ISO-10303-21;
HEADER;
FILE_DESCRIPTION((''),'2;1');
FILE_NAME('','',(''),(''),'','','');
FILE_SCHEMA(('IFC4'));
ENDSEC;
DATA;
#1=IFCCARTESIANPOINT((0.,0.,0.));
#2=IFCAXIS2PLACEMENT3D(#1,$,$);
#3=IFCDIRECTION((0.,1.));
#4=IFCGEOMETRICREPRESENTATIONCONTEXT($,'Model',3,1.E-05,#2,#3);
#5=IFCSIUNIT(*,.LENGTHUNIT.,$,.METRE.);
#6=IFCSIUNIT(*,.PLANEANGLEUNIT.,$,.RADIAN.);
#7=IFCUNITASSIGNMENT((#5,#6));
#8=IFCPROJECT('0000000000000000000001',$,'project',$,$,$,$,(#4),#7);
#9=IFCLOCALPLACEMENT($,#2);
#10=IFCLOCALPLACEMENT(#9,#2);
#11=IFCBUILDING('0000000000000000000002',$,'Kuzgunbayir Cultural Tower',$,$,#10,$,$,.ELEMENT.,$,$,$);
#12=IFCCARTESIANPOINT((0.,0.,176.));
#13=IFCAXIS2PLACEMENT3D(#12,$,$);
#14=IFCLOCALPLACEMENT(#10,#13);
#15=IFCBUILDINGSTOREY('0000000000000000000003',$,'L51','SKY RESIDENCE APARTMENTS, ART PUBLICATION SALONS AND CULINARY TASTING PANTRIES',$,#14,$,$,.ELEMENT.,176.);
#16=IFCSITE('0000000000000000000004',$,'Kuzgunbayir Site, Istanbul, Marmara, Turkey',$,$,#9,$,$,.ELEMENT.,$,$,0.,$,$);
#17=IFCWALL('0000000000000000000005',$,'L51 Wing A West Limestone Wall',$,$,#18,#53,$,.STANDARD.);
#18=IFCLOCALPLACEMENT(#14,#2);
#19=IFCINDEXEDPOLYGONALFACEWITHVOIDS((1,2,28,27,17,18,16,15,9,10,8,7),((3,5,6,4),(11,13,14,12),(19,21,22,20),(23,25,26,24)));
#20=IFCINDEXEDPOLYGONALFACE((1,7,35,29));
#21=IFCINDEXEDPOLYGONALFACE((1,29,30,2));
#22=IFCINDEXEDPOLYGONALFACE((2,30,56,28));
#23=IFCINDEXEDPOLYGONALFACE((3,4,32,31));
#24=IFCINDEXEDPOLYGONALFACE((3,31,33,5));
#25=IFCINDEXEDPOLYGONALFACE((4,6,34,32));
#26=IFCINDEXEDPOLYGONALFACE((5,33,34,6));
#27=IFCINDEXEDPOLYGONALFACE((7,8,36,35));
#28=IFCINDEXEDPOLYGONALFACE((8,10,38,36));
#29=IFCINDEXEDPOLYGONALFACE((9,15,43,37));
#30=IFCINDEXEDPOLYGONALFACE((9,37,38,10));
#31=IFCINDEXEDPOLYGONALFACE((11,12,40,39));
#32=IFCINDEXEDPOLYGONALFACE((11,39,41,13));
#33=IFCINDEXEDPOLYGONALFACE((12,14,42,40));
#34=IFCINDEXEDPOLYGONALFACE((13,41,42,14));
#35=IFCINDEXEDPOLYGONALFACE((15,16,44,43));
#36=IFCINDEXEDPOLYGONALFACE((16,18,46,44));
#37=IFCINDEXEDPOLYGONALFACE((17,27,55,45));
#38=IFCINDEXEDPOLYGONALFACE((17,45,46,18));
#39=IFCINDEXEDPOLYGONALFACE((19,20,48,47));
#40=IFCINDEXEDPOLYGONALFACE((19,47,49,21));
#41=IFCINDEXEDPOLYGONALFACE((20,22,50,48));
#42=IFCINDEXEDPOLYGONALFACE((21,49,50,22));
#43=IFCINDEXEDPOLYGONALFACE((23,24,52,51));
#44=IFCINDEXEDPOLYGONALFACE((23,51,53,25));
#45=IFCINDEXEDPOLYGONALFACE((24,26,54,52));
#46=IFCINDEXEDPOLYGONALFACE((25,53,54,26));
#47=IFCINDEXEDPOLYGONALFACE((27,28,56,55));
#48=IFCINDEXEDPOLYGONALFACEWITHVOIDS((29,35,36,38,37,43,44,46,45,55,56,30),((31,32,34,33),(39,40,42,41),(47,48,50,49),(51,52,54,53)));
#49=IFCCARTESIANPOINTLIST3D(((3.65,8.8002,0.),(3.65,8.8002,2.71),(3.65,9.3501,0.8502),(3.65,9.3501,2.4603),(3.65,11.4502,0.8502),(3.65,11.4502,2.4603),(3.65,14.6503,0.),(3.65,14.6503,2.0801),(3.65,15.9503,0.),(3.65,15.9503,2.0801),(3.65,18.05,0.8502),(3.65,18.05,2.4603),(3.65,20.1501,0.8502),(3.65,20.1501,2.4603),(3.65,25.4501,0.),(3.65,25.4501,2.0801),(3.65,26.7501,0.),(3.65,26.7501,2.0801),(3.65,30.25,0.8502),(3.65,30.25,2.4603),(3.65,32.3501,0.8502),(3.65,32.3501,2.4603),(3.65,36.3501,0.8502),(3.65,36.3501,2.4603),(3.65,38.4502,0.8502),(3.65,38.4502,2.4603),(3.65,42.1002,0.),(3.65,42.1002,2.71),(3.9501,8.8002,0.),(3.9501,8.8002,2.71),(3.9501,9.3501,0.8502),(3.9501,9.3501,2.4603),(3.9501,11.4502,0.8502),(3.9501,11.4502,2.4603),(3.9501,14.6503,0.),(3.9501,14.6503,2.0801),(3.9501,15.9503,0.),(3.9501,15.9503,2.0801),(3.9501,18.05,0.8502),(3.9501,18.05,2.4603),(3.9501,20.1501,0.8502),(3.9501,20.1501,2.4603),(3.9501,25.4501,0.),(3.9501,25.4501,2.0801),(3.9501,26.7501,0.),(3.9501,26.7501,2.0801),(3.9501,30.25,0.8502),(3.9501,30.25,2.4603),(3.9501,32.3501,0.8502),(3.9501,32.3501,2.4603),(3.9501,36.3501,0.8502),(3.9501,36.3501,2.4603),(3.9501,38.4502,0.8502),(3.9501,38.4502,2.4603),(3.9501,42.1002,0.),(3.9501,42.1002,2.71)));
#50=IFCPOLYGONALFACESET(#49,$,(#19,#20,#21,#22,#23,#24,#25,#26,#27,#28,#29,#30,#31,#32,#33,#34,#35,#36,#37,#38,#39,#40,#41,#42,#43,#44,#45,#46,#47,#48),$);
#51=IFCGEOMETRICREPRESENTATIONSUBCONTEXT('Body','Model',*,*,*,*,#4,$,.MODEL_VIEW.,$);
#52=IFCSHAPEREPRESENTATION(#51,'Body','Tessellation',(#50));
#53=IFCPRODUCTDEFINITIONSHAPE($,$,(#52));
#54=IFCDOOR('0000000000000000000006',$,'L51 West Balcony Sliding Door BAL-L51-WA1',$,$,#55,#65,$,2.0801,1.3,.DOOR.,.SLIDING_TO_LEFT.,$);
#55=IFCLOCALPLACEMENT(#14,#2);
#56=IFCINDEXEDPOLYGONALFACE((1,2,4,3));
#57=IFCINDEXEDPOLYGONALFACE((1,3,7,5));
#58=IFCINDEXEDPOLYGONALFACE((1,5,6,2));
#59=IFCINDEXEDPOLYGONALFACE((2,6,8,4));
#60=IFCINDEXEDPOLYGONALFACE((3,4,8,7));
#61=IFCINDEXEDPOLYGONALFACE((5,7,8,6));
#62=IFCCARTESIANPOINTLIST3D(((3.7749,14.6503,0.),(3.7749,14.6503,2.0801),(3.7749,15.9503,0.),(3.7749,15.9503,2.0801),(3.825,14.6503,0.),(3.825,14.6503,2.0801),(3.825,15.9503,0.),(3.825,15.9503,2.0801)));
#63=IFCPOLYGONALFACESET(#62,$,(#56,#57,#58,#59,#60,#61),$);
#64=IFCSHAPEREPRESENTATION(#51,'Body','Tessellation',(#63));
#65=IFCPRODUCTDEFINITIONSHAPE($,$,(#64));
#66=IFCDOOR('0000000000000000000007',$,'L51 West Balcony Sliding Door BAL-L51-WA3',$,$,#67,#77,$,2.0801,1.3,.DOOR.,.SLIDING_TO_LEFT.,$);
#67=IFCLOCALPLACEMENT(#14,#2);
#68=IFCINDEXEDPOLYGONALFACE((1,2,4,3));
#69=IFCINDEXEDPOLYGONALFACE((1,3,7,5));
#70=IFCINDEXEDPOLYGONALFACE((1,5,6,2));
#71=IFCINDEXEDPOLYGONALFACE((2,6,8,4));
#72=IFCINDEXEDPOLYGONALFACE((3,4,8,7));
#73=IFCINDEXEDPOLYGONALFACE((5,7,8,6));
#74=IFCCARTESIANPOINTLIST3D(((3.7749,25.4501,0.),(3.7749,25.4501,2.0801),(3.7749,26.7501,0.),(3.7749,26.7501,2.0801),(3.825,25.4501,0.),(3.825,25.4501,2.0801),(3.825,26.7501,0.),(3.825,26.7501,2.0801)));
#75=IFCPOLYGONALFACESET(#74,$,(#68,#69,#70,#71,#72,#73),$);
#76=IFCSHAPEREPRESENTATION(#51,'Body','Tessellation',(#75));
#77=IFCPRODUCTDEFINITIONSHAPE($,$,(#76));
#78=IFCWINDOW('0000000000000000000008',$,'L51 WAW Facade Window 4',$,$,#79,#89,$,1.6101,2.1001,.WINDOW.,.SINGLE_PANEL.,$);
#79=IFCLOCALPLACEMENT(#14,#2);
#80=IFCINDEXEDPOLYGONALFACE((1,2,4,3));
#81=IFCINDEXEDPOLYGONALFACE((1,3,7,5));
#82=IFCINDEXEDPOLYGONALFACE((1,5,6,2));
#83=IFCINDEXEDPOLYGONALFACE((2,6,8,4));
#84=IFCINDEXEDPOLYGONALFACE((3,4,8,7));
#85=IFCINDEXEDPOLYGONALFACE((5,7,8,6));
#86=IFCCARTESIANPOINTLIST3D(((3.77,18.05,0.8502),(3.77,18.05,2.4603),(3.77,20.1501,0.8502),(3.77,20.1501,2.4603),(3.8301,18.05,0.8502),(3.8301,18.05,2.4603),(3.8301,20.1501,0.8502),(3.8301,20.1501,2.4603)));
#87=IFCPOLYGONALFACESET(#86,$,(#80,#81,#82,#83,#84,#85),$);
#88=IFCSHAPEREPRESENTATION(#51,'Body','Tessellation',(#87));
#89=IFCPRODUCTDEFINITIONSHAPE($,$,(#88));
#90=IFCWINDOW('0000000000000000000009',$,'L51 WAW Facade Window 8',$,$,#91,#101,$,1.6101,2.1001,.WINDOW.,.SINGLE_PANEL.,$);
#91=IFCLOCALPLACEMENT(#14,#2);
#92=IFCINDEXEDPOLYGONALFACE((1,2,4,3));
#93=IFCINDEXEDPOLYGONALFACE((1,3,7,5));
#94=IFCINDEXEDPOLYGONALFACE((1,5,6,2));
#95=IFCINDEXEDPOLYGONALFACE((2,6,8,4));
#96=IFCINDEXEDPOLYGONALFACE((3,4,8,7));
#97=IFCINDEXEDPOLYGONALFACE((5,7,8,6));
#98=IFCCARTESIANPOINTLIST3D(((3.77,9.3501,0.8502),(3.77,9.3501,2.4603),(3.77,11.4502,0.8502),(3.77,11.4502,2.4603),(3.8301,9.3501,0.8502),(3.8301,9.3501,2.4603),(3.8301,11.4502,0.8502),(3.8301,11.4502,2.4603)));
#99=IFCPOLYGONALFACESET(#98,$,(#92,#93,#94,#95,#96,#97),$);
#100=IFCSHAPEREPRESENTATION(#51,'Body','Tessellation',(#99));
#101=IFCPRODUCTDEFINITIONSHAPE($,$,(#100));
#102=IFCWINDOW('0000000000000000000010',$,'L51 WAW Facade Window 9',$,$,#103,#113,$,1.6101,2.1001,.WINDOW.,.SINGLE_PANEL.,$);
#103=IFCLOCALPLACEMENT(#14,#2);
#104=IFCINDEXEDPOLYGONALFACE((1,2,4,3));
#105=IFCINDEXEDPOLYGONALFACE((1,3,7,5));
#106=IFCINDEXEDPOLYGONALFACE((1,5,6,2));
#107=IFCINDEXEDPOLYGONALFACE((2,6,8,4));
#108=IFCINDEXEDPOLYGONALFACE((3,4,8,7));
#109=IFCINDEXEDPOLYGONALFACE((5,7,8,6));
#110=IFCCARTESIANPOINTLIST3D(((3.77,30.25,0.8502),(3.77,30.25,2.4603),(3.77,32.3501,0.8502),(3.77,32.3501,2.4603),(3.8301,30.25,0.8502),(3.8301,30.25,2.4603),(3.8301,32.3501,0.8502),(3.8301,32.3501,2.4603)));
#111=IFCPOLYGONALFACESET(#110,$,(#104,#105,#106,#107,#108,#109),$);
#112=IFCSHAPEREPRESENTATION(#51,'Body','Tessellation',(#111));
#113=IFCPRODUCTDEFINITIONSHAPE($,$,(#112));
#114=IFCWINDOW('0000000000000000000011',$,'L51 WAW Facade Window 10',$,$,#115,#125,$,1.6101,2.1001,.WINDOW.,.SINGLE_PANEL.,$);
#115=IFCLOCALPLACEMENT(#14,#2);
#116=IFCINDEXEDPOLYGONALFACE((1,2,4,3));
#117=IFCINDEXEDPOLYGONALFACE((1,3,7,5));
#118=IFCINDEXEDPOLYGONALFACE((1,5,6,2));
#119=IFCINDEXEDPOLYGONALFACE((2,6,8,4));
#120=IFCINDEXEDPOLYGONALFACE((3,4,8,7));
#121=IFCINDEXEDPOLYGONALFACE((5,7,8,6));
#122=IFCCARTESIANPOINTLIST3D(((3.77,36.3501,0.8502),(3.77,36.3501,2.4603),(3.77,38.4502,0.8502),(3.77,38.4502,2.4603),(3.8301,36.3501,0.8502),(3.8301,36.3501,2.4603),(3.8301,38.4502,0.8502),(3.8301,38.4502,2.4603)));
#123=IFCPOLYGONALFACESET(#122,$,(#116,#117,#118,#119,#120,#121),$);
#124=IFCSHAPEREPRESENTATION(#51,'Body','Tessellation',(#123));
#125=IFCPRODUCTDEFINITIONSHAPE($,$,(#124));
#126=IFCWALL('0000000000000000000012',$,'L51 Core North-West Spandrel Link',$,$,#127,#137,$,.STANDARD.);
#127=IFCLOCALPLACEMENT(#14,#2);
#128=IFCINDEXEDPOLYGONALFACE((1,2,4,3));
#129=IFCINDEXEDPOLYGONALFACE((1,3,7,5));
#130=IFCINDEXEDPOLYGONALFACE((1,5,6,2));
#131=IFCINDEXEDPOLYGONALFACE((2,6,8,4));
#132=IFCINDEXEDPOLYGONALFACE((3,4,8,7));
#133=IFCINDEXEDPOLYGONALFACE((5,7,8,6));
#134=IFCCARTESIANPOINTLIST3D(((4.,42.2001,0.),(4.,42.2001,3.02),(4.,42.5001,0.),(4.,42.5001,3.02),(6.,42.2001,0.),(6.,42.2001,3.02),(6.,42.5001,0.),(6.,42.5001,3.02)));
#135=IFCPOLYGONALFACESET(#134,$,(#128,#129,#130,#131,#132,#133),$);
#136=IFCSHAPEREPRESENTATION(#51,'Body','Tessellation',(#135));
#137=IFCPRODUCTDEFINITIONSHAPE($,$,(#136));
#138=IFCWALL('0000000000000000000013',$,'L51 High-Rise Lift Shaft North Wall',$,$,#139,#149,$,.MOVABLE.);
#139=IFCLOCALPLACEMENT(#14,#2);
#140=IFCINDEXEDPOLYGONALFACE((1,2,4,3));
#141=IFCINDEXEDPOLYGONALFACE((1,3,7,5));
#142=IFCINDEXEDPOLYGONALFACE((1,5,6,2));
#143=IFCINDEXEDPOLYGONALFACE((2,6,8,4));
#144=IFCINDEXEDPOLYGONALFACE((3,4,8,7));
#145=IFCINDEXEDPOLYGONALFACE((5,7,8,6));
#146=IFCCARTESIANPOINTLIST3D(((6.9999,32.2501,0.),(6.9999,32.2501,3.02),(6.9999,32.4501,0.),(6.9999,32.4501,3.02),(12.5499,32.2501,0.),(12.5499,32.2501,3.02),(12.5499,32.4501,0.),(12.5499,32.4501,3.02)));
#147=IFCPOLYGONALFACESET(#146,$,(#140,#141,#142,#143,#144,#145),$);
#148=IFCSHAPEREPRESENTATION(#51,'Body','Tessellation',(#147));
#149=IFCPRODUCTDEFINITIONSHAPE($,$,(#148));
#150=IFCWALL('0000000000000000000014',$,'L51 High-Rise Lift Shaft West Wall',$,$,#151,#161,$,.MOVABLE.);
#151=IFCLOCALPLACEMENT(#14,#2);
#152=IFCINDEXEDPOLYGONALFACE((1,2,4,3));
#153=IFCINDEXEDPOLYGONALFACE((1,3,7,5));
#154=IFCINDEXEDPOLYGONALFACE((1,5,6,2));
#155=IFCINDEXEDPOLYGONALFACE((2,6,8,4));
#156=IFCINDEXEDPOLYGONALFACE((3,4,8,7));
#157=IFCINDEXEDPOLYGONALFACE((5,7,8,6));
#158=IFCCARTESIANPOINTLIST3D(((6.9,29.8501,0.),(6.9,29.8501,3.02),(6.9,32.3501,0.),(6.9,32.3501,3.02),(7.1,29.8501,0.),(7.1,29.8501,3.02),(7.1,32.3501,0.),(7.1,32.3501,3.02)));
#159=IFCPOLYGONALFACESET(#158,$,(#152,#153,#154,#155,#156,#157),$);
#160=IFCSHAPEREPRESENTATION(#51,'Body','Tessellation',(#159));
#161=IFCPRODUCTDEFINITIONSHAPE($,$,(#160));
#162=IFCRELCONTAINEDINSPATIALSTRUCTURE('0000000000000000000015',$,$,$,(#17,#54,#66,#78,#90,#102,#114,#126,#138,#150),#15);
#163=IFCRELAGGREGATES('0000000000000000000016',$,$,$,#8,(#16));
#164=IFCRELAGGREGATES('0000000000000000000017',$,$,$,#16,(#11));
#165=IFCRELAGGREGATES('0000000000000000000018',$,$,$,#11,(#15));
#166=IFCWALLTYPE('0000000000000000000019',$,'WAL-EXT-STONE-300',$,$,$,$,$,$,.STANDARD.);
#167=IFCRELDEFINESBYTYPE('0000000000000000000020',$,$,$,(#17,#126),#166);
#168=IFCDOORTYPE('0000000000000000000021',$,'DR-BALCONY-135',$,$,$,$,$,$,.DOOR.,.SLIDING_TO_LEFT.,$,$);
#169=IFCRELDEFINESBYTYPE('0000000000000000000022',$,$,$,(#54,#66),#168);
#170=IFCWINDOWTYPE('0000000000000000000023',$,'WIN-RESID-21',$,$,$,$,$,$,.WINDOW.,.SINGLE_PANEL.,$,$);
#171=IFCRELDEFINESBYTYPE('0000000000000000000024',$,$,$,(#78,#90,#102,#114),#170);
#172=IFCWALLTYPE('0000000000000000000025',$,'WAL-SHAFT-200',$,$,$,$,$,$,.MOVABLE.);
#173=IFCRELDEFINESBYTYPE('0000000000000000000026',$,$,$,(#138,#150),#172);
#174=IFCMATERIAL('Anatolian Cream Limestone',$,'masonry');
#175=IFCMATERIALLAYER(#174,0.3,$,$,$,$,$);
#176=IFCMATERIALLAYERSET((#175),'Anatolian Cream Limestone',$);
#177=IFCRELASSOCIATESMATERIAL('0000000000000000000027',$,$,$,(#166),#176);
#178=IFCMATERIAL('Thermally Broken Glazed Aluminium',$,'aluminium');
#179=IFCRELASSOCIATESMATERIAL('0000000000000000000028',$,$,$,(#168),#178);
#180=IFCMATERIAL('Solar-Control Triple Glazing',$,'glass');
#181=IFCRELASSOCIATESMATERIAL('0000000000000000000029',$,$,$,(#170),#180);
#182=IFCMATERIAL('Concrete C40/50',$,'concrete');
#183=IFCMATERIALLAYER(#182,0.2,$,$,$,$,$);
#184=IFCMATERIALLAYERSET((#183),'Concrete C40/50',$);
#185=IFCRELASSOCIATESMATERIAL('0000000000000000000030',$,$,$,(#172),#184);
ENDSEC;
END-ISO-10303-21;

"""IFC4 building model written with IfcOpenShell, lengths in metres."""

from ifc_helpers import new_model, si_unit, direction, frame, frame_2d, origin, place, context, subcontext, project, spatial, rectangle, extrude, material, layer, layer_set, type_object, element, fill, save


model = new_model("IFC4")

# Units and contexts
model_context = context("Model", 3, precision=1e-05, world=origin(), true_north=direction((0.0, 1.0)))
body_context = subcontext(model_context, "Body", "Model", "MODEL_VIEW")
ifc_project = project(units=[si_unit("LENGTHUNIT", "METRE"), si_unit("PLANEANGLEUNIT", "RADIAN")], contexts=[model_context])

# Site, building, storey
site_placement = place(None, origin())
site = spatial("IfcSite", under=ifc_project, at=site_placement, Name="Kuzgunbayir Site, Istanbul, Marmara, Turkey", CompositionType="ELEMENT", RefElevation=0.0)
building_placement = place(site_placement, origin())
building = spatial("IfcBuilding", under=site, at=building_placement, Name="Kuzgunbayir Cultural Tower", CompositionType="ELEMENT")
storey_placement = place(building_placement, frame((0.0, 0.0, 176.0)))
storey = spatial("IfcBuildingStorey", under=building, at=storey_placement, Name="L51", Description="SKY RESIDENCE APARTMENTS, ART PUBLICATION SALONS AND CULINARY TASTING PANTRIES", CompositionType="ELEMENT", Elevation=176.0)

# Wall, openings, doors, windows
ifc_material_1 = material(Name="Anatolian Cream Limestone", Category="masonry")
ifc_layer_1 = layer(ifc_material_1, 0.3)
ifc_layer_set_1 = layer_set([ifc_layer_1], Name="Anatolian Cream Limestone")
wall_type_1 = type_object("IfcWallType", Name="WAL-EXT-STONE-300", PredefinedType="STANDARD", material=ifc_layer_set_1)
wall_1_placement = place(storey_placement, frame((3.8, 42.1001, 0.0), z_axis=(0.0, 0.0, 1.0), x_axis=(0.0, -1.0, 0.0)))
wall_1 = element("IfcWall", 1, at=wall_1_placement, inside=storey, type_object=wall_type_1, Name="L51 Wing A West Limestone Wall", PredefinedType="STANDARD", context=body_context, shape_type="SweptSolid", body=[
    extrude(rectangle(XDim=33.3, YDim=0.3, at=frame_2d((16.6499, 0.0))), origin(), (0.0, 0.0, 1.0), 2.71),
])
opening_1_placement = place(wall_1_placement, frame((26.1499, 0.0, 0.0)))
opening_1 = element("IfcOpeningElement", 2, at=opening_1_placement, cuts=wall_1, PredefinedType="OPENING", context=body_context, shape_type="SweptSolid", body=[
    extrude(rectangle(XDim=1.3, YDim=2.0801, at=frame_2d((0.6499, 1.04))), frame((0.0, 0.1602, 0.0), z_axis=(0.0, -1.0, 0.0), x_axis=(1.0, 0.0, 0.0)), (0.0, 0.0, 1.0), 0.3201),
])
opening_2_placement = place(wall_1_placement, frame((15.3501, 0.0, 0.0)))
opening_2 = element("IfcOpeningElement", 3, at=opening_2_placement, cuts=wall_1, PredefinedType="OPENING", context=body_context, shape_type="SweptSolid", body=[
    extrude(rectangle(XDim=1.3, YDim=2.0801, at=frame_2d((0.6499, 1.04))), frame((0.0, 0.1602, 0.0), z_axis=(0.0, -1.0, 0.0), x_axis=(1.0, 0.0, 0.0)), (0.0, 0.0, 1.0), 0.3201),
])
opening_3_placement = place(wall_1_placement, frame((21.95, 0.0, 0.8501)))
opening_3 = element("IfcOpeningElement", 4, at=opening_3_placement, cuts=wall_1, PredefinedType="OPENING", context=body_context, shape_type="SweptSolid", body=[
    extrude(rectangle(XDim=2.1001, YDim=1.6101, at=frame_2d((1.05, 0.8052))), frame((0.0, 0.1602, 0.0), z_axis=(0.0, -1.0, 0.0), x_axis=(1.0, 0.0, 0.0)), (0.0, 0.0, 1.0), 0.3201),
])
opening_4_placement = place(wall_1_placement, frame((30.6499, 0.0, 0.8501)))
opening_4 = element("IfcOpeningElement", 5, at=opening_4_placement, cuts=wall_1, PredefinedType="OPENING", context=body_context, shape_type="SweptSolid", body=[
    extrude(rectangle(XDim=2.1001, YDim=1.6101, at=frame_2d((1.05, 0.8052))), frame((0.0, 0.1602, 0.0), z_axis=(0.0, -1.0, 0.0), x_axis=(1.0, 0.0, 0.0)), (0.0, 0.0, 1.0), 0.3201),
])
opening_5_placement = place(wall_1_placement, frame((9.75, 0.0, 0.8501)))
opening_5 = element("IfcOpeningElement", 6, at=opening_5_placement, cuts=wall_1, PredefinedType="OPENING", context=body_context, shape_type="SweptSolid", body=[
    extrude(rectangle(XDim=2.1001, YDim=1.6101, at=frame_2d((1.05, 0.8052))), frame((0.0, 0.1602, 0.0), z_axis=(0.0, -1.0, 0.0), x_axis=(1.0, 0.0, 0.0)), (0.0, 0.0, 1.0), 0.3201),
])
opening_6_placement = place(wall_1_placement, frame((3.6499, 0.0, 0.8501)))
opening_6 = element("IfcOpeningElement", 7, at=opening_6_placement, cuts=wall_1, PredefinedType="OPENING", context=body_context, shape_type="SweptSolid", body=[
    extrude(rectangle(XDim=2.1001, YDim=1.6101, at=frame_2d((1.05, 0.8052))), frame((0.0, 0.1602, 0.0), z_axis=(0.0, -1.0, 0.0), x_axis=(1.0, 0.0, 0.0)), (0.0, 0.0, 1.0), 0.3201),
])
ifc_material_2 = material(Name="Thermally Broken Glazed Aluminium", Category="aluminium")
door_type_1 = type_object("IfcDoorType", Name="DR-BALCONY-135", OperationType="SLIDING_TO_LEFT", PredefinedType="DOOR", material=ifc_material_2)
door_1_placement = place(opening_1_placement, origin())
door_1 = element("IfcDoor", 8, at=door_1_placement, inside=storey, type_object=door_type_1, Name="L51 West Balcony Sliding Door BAL-L51-WA1", OperationType="SLIDING_TO_LEFT", OverallHeight=2.0801, OverallWidth=1.3, PredefinedType="DOOR", context=body_context, shape_type="SweptSolid", body=[
    extrude(rectangle(XDim=1.3, YDim=2.0801, at=frame_2d((0.6499, 1.04))), frame((0.0, 0.0249, 0.0), z_axis=(0.0, -1.0, 0.0), x_axis=(1.0, 0.0, 0.0)), (0.0, 0.0, 1.0), 0.05),
])
fill(opening_1, door_1)
door_2_placement = place(opening_2_placement, origin())
door_2 = element("IfcDoor", 9, at=door_2_placement, inside=storey, type_object=door_type_1, Name="L51 West Balcony Sliding Door BAL-L51-WA3", OperationType="SLIDING_TO_LEFT", OverallHeight=2.0801, OverallWidth=1.3, PredefinedType="DOOR", context=body_context, shape_type="SweptSolid", body=[
    extrude(rectangle(XDim=1.3, YDim=2.0801, at=frame_2d((0.6499, 1.04))), frame((0.0, 0.0249, 0.0), z_axis=(0.0, -1.0, 0.0), x_axis=(1.0, 0.0, 0.0)), (0.0, 0.0, 1.0), 0.05),
])
fill(opening_2, door_2)
ifc_material_3 = material(Name="Solar-Control Triple Glazing", Category="glass")
window_type = type_object("IfcWindowType", Name="WIN-RESID-21", PartitioningType="SINGLE_PANEL", PredefinedType="WINDOW", material=ifc_material_3)
window_1_placement = place(opening_3_placement, origin())
window_1 = element("IfcWindow", 10, at=window_1_placement, inside=storey, type_object=window_type, Name="L51 WAW Facade Window 4", OverallHeight=1.6101, OverallWidth=2.1001, PartitioningType="SINGLE_PANEL", PredefinedType="WINDOW", context=body_context, shape_type="SweptSolid", body=[
    extrude(rectangle(XDim=2.1001, YDim=1.6101, at=frame_2d((1.05, 0.8052))), frame((0.0, 0.03, 0.0), z_axis=(0.0, -1.0, 0.0), x_axis=(1.0, 0.0, 0.0)), (0.0, 0.0, 1.0), 0.0601),
])
fill(opening_3, window_1)
window_2_placement = place(opening_4_placement, origin())
window_2 = element("IfcWindow", 11, at=window_2_placement, inside=storey, type_object=window_type, Name="L51 WAW Facade Window 8", OverallHeight=1.6101, OverallWidth=2.1001, PartitioningType="SINGLE_PANEL", PredefinedType="WINDOW", context=body_context, shape_type="SweptSolid", body=[
    extrude(rectangle(XDim=2.1001, YDim=1.6101, at=frame_2d((1.05, 0.8052))), frame((0.0, 0.03, 0.0), z_axis=(0.0, -1.0, 0.0), x_axis=(1.0, 0.0, 0.0)), (0.0, 0.0, 1.0), 0.0601),
])
fill(opening_4, window_2)
window_3_placement = place(opening_5_placement, origin())
window_3 = element("IfcWindow", 12, at=window_3_placement, inside=storey, type_object=window_type, Name="L51 WAW Facade Window 9", OverallHeight=1.6101, OverallWidth=2.1001, PartitioningType="SINGLE_PANEL", PredefinedType="WINDOW", context=body_context, shape_type="SweptSolid", body=[
    extrude(rectangle(XDim=2.1001, YDim=1.6101, at=frame_2d((1.05, 0.8052))), frame((0.0, 0.03, 0.0), z_axis=(0.0, -1.0, 0.0), x_axis=(1.0, 0.0, 0.0)), (0.0, 0.0, 1.0), 0.0601),
])
fill(opening_5, window_3)
window_4_placement = place(opening_6_placement, origin())
window_4 = element("IfcWindow", 13, at=window_4_placement, inside=storey, type_object=window_type, Name="L51 WAW Facade Window 10", OverallHeight=1.6101, OverallWidth=2.1001, PartitioningType="SINGLE_PANEL", PredefinedType="WINDOW", context=body_context, shape_type="SweptSolid", body=[
    extrude(rectangle(XDim=2.1001, YDim=1.6101, at=frame_2d((1.05, 0.8052))), frame((0.0, 0.03, 0.0), z_axis=(0.0, -1.0, 0.0), x_axis=(1.0, 0.0, 0.0)), (0.0, 0.0, 1.0), 0.0601),
])
fill(opening_6, window_4)

# Wall
wall_2_placement = place(storey_placement, frame((6.0, 42.3501, 0.0), z_axis=(0.0, 0.0, 1.0), x_axis=(-1.0, 0.0, 0.0)))
element("IfcWall", 14, at=wall_2_placement, inside=storey, type_object=wall_type_1, Name="L51 Core North-West Spandrel Link", PredefinedType="STANDARD", context=body_context, shape_type="SweptSolid", body=[
    extrude(rectangle(XDim=2.0, YDim=0.3, at=frame_2d((1.0, 0.0))), origin(), (0.0, 0.0, 1.0), 3.02),
])

# Shared definitions
ifc_material_4 = material(Name="Concrete C40/50", Category="concrete")
ifc_layer_2 = layer(ifc_material_4, 0.2)
ifc_layer_set_2 = layer_set([ifc_layer_2], Name="Concrete C40/50")
wall_type_2 = type_object("IfcWallType", Name="WAL-SHAFT-200", PredefinedType="MOVABLE", material=ifc_layer_set_2)

# Walls
wall_3_placement = place(storey_placement, frame((7.0, 32.3501, 0.0), z_axis=(0.0, 0.0, 1.0), x_axis=(1.0, 0.0, 0.0)))
element("IfcWall", 15, at=wall_3_placement, inside=storey, type_object=wall_type_2, Name="L51 High-Rise Lift Shaft North Wall", PredefinedType="MOVABLE", context=body_context, shape_type="SweptSolid", body=[
    extrude(rectangle(XDim=5.55, YDim=0.2, at=frame_2d((2.7749, 0.0))), origin(), (0.0, 0.0, 1.0), 3.02),
])
wall_4_placement = place(storey_placement, frame((7.0, 29.8501, 0.0), z_axis=(0.0, 0.0, 1.0), x_axis=(0.0, 1.0, 0.0)))
element("IfcWall", 16, at=wall_4_placement, inside=storey, type_object=wall_type_2, Name="L51 High-Rise Lift Shaft West Wall", PredefinedType="MOVABLE", context=body_context, shape_type="SweptSolid", body=[
    extrude(rectangle(XDim=2.5, YDim=0.2, at=frame_2d((1.25, 0.0))), origin(), (0.0, 0.0, 1.0), 3.02),
])

save(model, "model.ifc")
